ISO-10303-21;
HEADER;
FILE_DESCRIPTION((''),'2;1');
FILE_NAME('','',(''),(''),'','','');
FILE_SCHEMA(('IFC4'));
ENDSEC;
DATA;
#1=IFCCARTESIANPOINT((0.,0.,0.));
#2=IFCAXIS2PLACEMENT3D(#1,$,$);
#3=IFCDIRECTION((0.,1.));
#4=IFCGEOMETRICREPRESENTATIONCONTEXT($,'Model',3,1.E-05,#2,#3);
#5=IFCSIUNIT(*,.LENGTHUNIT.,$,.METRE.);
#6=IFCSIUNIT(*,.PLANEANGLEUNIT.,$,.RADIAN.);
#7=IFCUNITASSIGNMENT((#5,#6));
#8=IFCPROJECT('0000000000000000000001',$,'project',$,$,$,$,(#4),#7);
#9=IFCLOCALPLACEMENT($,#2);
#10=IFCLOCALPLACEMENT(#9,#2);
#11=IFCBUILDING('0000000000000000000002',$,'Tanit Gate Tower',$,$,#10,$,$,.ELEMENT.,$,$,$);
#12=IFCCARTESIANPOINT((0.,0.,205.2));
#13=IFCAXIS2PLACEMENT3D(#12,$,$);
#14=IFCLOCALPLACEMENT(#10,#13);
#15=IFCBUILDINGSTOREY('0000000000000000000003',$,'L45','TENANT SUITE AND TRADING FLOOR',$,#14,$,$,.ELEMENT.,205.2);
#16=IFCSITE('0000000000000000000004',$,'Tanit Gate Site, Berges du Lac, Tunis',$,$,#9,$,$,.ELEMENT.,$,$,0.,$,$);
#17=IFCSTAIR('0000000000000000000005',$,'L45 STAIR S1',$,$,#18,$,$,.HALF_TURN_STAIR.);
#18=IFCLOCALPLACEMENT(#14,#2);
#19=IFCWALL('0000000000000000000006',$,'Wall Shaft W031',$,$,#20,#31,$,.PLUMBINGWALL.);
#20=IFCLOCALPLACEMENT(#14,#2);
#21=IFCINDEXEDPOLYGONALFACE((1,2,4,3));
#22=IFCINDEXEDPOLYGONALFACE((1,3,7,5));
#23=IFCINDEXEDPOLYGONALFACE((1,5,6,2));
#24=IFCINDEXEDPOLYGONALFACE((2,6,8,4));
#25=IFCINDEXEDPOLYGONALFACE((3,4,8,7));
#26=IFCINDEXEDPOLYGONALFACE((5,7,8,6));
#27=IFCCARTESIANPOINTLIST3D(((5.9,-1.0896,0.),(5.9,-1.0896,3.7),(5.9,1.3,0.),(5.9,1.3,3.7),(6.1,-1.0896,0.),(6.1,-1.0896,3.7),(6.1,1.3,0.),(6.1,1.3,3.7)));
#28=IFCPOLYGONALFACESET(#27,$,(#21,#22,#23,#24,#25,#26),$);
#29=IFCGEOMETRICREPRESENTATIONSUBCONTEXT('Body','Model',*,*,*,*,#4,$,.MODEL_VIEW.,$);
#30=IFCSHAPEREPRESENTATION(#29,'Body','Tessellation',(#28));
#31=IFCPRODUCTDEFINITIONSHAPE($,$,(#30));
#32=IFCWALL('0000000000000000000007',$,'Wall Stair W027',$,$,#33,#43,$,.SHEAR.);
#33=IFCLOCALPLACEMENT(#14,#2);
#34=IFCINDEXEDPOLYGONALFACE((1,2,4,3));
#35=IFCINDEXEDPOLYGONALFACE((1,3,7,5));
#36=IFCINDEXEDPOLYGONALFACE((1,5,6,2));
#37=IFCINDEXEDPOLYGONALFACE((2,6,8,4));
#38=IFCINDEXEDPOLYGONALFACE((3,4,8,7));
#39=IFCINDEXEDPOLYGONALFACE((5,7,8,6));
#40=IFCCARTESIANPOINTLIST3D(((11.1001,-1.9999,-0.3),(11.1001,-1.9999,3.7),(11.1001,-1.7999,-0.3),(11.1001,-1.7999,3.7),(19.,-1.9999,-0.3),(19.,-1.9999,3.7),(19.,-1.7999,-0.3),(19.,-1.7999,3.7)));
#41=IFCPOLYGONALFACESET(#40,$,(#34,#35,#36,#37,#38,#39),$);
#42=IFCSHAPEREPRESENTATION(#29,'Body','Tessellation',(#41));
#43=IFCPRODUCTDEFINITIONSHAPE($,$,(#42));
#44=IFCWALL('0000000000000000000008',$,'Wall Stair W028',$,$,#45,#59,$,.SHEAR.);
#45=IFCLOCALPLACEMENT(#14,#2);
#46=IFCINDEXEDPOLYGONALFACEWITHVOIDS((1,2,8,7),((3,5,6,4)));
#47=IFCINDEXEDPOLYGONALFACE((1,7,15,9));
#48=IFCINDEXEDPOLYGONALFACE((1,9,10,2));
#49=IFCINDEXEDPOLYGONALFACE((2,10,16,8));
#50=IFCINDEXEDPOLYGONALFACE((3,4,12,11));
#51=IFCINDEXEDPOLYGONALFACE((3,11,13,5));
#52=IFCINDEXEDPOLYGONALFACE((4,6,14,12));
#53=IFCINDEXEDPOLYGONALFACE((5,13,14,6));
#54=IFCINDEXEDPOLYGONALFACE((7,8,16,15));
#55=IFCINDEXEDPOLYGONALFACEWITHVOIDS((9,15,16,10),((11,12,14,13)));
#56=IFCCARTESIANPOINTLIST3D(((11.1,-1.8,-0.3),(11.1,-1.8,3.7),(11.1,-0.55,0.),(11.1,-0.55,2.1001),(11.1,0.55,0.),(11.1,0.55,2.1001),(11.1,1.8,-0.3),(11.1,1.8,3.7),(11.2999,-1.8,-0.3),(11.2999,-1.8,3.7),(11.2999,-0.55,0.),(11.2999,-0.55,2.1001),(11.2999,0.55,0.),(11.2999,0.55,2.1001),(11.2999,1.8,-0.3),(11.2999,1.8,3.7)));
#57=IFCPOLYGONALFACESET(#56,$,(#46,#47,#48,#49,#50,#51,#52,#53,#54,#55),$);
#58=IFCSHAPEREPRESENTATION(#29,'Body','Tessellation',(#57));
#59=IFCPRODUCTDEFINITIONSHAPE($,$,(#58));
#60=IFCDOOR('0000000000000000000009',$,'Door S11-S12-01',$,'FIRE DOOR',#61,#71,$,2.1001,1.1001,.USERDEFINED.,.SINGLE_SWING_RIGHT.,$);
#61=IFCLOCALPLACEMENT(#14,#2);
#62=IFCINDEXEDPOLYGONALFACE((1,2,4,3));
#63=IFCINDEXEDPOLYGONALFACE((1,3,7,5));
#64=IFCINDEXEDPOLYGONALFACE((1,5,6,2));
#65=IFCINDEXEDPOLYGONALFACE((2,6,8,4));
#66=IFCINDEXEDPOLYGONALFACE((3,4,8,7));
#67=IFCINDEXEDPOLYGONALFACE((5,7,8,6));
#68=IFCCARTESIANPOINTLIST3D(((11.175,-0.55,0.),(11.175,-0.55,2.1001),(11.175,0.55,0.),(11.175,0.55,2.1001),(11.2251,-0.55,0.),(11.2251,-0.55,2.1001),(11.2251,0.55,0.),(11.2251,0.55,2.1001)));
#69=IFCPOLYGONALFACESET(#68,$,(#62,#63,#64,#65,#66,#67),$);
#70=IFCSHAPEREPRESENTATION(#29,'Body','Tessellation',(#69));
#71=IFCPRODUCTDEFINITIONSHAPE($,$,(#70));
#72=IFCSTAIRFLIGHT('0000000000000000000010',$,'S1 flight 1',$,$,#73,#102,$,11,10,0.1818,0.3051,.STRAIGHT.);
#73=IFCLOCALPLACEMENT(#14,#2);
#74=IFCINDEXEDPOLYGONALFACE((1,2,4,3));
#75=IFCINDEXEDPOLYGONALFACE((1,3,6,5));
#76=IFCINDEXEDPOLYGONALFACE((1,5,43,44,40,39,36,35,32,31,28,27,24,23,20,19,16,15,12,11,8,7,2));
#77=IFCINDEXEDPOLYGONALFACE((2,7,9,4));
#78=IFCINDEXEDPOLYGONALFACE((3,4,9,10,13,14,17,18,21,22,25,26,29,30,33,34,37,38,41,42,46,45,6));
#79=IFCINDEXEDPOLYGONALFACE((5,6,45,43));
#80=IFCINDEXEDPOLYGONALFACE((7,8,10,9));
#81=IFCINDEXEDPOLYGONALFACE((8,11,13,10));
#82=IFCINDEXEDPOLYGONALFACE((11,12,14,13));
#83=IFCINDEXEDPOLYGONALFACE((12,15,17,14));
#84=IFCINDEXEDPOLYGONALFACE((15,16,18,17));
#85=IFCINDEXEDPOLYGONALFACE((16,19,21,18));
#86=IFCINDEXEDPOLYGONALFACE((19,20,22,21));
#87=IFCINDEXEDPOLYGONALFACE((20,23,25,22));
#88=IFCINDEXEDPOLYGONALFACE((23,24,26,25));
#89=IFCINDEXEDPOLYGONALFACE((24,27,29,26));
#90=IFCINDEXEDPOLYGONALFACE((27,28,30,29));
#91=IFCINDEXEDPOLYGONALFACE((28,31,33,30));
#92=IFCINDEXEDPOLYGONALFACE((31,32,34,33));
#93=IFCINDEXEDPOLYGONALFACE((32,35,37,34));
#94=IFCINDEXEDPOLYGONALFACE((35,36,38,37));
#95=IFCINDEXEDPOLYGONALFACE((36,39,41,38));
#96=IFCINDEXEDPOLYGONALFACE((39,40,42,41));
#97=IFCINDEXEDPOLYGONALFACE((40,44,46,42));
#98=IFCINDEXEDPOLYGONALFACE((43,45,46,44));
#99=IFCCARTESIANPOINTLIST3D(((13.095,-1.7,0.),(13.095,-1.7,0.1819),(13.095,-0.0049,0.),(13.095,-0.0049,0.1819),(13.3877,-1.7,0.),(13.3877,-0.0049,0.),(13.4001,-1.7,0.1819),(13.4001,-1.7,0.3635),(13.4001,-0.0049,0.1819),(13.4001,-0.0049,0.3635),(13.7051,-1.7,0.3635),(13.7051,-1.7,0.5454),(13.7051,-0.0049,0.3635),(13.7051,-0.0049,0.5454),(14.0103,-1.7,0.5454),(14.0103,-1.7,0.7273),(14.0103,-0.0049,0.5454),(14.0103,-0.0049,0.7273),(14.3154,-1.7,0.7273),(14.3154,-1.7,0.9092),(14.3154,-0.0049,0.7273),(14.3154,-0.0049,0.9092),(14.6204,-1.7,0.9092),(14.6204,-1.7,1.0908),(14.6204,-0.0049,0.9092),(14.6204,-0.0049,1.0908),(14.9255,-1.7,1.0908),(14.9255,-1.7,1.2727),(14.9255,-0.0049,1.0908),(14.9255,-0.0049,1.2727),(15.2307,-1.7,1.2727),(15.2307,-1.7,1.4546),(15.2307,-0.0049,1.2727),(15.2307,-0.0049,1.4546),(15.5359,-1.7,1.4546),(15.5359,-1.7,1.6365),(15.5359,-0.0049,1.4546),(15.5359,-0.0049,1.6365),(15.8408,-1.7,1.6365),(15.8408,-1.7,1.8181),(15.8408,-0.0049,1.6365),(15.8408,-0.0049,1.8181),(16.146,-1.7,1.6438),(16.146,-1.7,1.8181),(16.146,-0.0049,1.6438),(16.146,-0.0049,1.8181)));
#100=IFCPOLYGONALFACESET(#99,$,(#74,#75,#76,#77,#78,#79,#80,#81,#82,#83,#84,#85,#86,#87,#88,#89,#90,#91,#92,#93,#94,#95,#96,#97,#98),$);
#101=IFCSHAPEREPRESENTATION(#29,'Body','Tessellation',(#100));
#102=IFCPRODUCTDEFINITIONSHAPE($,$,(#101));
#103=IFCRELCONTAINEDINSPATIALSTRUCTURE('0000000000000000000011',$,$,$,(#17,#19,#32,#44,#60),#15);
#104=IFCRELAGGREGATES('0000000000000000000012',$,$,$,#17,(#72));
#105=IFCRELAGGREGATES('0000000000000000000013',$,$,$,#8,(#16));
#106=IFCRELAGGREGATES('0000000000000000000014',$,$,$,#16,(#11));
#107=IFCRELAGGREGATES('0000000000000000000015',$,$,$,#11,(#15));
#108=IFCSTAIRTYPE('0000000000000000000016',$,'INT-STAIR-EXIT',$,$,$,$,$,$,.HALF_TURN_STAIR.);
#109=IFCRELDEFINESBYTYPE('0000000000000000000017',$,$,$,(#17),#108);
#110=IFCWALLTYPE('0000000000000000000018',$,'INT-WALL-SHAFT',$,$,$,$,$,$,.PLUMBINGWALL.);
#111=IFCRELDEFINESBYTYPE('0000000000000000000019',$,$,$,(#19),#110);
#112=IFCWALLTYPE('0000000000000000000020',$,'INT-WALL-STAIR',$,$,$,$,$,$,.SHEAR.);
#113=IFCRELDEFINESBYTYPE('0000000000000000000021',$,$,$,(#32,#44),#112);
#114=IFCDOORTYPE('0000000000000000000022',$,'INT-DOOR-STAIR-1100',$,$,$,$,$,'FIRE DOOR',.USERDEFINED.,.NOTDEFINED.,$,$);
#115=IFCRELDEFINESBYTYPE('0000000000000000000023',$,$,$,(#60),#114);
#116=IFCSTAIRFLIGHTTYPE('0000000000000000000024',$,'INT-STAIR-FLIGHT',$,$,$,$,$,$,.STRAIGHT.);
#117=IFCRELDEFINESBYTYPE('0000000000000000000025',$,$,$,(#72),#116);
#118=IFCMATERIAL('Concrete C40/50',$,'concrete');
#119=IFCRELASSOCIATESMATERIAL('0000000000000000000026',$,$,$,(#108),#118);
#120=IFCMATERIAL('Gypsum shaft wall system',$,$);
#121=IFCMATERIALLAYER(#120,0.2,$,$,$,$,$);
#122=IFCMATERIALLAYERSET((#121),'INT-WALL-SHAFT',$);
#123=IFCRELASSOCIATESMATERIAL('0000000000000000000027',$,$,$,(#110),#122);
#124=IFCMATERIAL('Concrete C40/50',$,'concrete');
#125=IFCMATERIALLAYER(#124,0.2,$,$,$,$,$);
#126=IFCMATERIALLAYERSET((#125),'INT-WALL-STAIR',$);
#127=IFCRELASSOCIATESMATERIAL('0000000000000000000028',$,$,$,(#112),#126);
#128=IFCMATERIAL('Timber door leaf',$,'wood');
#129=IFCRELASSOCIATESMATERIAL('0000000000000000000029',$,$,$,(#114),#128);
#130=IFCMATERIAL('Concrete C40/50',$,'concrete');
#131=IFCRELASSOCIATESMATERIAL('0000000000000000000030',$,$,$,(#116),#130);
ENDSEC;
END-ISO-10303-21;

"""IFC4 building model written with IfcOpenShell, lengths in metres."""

from ifc_helpers import new_model, si_unit, direction, frame, frame_2d, origin, place, context, subcontext, project, spatial, polyline, rectangle, outline, extrude, material, layer, layer_set, type_object, element, fill, aggregate, save


model = new_model("IFC4")

# Units and contexts
model_context = context("Model", 3, precision=1e-05, world=origin(), true_north=direction((0.0, 1.0)))
body_context = subcontext(model_context, "Body", "Model", "MODEL_VIEW")
ifc_project = project(units=[si_unit("LENGTHUNIT", "METRE"), si_unit("PLANEANGLEUNIT", "RADIAN")], contexts=[model_context])

# Site, building, storey
site_placement = place(None, origin())
site = spatial("IfcSite", under=ifc_project, at=site_placement, Name="Tanit Gate Site, Berges du Lac, Tunis", CompositionType="ELEMENT", RefElevation=0.0)
building_placement = place(site_placement, origin())
building = spatial("IfcBuilding", under=site, at=building_placement, Name="Tanit Gate Tower", CompositionType="ELEMENT")
storey_placement = place(building_placement, frame((0.0, 0.0, 205.2)))
storey = spatial("IfcBuildingStorey", under=building, at=storey_placement, Name="L45", Description="TENANT SUITE AND TRADING FLOOR", CompositionType="ELEMENT", Elevation=205.2)

# Stair
ifc_material_1 = material(Name="Concrete C40/50", Category="concrete")
stair_type = type_object("IfcStairType", Name="INT-STAIR-EXIT", PredefinedType="HALF_TURN_STAIR", material=ifc_material_1)
stair_placement = place(storey_placement, origin())
stair = element("IfcStair", 1, at=stair_placement, inside=storey, type_object=stair_type, Name="L45 STAIR S1", PredefinedType="HALF_TURN_STAIR")

# Walls
ifc_material_2 = material(Name="Gypsum shaft wall system")
ifc_layer_1 = layer(ifc_material_2, 0.2)
ifc_layer_set_1 = layer_set([ifc_layer_1], Name="INT-WALL-SHAFT")
wall_type_1 = type_object("IfcWallType", Name="INT-WALL-SHAFT", PredefinedType="PLUMBINGWALL", material=ifc_layer_set_1)
wall_1_placement = place(storey_placement, frame((6.0, -1.0896, 0.0), z_axis=(0.0, 0.0, 1.0), x_axis=(0.0, 1.0, 0.0)))
element("IfcWall", 2, at=wall_1_placement, inside=storey, type_object=wall_type_1, Name="Wall Shaft W031", PredefinedType="PLUMBINGWALL", context=body_context, shape_type="SweptSolid", body=[
    extrude(rectangle(XDim=2.3896, YDim=0.2, at=frame_2d((1.1948, 0.0))), origin(), (0.0, 0.0, 1.0), 3.7),
])
ifc_material_3 = material(Name="Concrete C40/50", Category="concrete")
ifc_layer_2 = layer(ifc_material_3, 0.2)
ifc_layer_set_2 = layer_set([ifc_layer_2], Name="INT-WALL-STAIR")
wall_type_2 = type_object("IfcWallType", Name="INT-WALL-STAIR", PredefinedType="SHEAR", material=ifc_layer_set_2)
wall_2_placement = place(storey_placement, frame((11.1001, -1.8999, -0.3), z_axis=(0.0, 0.0, 1.0), x_axis=(1.0, 0.0, 0.0)))
element("IfcWall", 3, at=wall_2_placement, inside=storey, type_object=wall_type_2, Name="Wall Stair W027", PredefinedType="SHEAR", context=body_context, shape_type="SweptSolid", body=[
    extrude(rectangle(XDim=7.8999, YDim=0.2, at=frame_2d((3.95, 0.0))), origin(), (0.0, 0.0, 1.0), 4.0),
])

# Wall, opening, door
wall_3_placement = place(storey_placement, frame((11.2, -1.8, -0.3), z_axis=(0.0, 0.0, 1.0), x_axis=(0.0, 1.0, 0.0)))
wall_3 = element("IfcWall", 4, at=wall_3_placement, inside=storey, type_object=wall_type_2, Name="Wall Stair W028", PredefinedType="SHEAR", context=body_context, shape_type="SweptSolid", body=[
    extrude(rectangle(XDim=3.6001, YDim=0.2, at=frame_2d((1.8, 0.0))), origin(), (0.0, 0.0, 1.0), 4.0),
])
opening_1_placement = place(wall_3_placement, frame((1.25, 0.0, 0.3)))
opening_1 = element("IfcOpeningElement", 5, at=opening_1_placement, cuts=wall_3, PredefinedType="OPENING", context=body_context, shape_type="SweptSolid", body=[
    extrude(rectangle(XDim=1.1001, YDim=2.1001, at=frame_2d((0.55, 1.05))), frame((0.0, 0.1099, 0.0), z_axis=(0.0, -1.0, 0.0), x_axis=(1.0, 0.0, 0.0)), (0.0, 0.0, 1.0), 0.22),
])
ifc_material_4 = material(Name="Timber door leaf", Category="wood")
door_type_1 = type_object("IfcDoorType", Name="INT-DOOR-STAIR-1100", ElementType="FIRE DOOR", OperationType="NOTDEFINED", PredefinedType="USERDEFINED", material=ifc_material_4)
door_1_placement = place(opening_1_placement, origin())
door_1 = element("IfcDoor", 6, at=door_1_placement, inside=storey, type_object=door_type_1, Name="Door S11-S12-01", ObjectType="FIRE DOOR", OperationType="SINGLE_SWING_RIGHT", OverallHeight=2.1001, OverallWidth=1.1001, PredefinedType="USERDEFINED", context=body_context, shape_type="SweptSolid", body=[
    extrude(rectangle(XDim=1.1001, YDim=2.1001, at=frame_2d((0.55, 1.05))), frame((0.0, 0.0249, 0.0), z_axis=(0.0, -1.0, 0.0), x_axis=(1.0, 0.0, 0.0)), (0.0, 0.0, 1.0), 0.05),
])
fill(opening_1, door_1)

# Stair flight
ifc_material_5 = material(Name="Concrete C40/50", Category="concrete")
stair_flight_type = type_object("IfcStairFlightType", Name="INT-STAIR-FLIGHT", PredefinedType="STRAIGHT", material=ifc_material_5)
stair_flight_placement = place(storey_placement, frame((13.095, -0.8525, 0.0), z_axis=(0.0, 0.0, 1.0), x_axis=(1.0, 0.0, 0.0)))
stair_flight = element("IfcStairFlight", 7, at=stair_flight_placement, type_object=stair_flight_type, Name="S1 flight 1", NumberOfRisers=11, NumberOfTreads=10, PredefinedType="STRAIGHT", RiserHeight=0.1818, TreadLength=0.3051, context=body_context, shape_type="SweptSolid", body=[
    extrude(outline(polyline([(0.0, 0.0), (0.0, 0.1819), (0.3052, 0.1819), (0.3052, 0.3635), (0.6101, 0.3635), (0.6101, 0.5454), (0.9153, 0.5454), (0.9153, 0.7273), (1.2205, 0.7273), (1.2205, 0.9092), (1.5254, 0.9092), (1.5254, 1.0908), (1.8306, 1.0908), (1.8306, 1.2727), (2.1357, 1.2727), (2.1357, 1.4546), (2.4409, 1.4546), (2.4409, 1.6365), (2.7458, 1.6365), (2.7458, 1.8181), (3.051, 1.8181), (3.051, 2.0), (3.051, 1.6438), (0.2927, 0.0), (0.0, 0.0)])), frame((0.0, 0.8477, 0.0), z_axis=(0.0, -1.0, 0.0), x_axis=(1.0, 0.0, 0.0)), (0.0, 0.0, 1.0), 1.6951),
])
aggregate(stair, [stair_flight])

save(model, "model.ifc")
